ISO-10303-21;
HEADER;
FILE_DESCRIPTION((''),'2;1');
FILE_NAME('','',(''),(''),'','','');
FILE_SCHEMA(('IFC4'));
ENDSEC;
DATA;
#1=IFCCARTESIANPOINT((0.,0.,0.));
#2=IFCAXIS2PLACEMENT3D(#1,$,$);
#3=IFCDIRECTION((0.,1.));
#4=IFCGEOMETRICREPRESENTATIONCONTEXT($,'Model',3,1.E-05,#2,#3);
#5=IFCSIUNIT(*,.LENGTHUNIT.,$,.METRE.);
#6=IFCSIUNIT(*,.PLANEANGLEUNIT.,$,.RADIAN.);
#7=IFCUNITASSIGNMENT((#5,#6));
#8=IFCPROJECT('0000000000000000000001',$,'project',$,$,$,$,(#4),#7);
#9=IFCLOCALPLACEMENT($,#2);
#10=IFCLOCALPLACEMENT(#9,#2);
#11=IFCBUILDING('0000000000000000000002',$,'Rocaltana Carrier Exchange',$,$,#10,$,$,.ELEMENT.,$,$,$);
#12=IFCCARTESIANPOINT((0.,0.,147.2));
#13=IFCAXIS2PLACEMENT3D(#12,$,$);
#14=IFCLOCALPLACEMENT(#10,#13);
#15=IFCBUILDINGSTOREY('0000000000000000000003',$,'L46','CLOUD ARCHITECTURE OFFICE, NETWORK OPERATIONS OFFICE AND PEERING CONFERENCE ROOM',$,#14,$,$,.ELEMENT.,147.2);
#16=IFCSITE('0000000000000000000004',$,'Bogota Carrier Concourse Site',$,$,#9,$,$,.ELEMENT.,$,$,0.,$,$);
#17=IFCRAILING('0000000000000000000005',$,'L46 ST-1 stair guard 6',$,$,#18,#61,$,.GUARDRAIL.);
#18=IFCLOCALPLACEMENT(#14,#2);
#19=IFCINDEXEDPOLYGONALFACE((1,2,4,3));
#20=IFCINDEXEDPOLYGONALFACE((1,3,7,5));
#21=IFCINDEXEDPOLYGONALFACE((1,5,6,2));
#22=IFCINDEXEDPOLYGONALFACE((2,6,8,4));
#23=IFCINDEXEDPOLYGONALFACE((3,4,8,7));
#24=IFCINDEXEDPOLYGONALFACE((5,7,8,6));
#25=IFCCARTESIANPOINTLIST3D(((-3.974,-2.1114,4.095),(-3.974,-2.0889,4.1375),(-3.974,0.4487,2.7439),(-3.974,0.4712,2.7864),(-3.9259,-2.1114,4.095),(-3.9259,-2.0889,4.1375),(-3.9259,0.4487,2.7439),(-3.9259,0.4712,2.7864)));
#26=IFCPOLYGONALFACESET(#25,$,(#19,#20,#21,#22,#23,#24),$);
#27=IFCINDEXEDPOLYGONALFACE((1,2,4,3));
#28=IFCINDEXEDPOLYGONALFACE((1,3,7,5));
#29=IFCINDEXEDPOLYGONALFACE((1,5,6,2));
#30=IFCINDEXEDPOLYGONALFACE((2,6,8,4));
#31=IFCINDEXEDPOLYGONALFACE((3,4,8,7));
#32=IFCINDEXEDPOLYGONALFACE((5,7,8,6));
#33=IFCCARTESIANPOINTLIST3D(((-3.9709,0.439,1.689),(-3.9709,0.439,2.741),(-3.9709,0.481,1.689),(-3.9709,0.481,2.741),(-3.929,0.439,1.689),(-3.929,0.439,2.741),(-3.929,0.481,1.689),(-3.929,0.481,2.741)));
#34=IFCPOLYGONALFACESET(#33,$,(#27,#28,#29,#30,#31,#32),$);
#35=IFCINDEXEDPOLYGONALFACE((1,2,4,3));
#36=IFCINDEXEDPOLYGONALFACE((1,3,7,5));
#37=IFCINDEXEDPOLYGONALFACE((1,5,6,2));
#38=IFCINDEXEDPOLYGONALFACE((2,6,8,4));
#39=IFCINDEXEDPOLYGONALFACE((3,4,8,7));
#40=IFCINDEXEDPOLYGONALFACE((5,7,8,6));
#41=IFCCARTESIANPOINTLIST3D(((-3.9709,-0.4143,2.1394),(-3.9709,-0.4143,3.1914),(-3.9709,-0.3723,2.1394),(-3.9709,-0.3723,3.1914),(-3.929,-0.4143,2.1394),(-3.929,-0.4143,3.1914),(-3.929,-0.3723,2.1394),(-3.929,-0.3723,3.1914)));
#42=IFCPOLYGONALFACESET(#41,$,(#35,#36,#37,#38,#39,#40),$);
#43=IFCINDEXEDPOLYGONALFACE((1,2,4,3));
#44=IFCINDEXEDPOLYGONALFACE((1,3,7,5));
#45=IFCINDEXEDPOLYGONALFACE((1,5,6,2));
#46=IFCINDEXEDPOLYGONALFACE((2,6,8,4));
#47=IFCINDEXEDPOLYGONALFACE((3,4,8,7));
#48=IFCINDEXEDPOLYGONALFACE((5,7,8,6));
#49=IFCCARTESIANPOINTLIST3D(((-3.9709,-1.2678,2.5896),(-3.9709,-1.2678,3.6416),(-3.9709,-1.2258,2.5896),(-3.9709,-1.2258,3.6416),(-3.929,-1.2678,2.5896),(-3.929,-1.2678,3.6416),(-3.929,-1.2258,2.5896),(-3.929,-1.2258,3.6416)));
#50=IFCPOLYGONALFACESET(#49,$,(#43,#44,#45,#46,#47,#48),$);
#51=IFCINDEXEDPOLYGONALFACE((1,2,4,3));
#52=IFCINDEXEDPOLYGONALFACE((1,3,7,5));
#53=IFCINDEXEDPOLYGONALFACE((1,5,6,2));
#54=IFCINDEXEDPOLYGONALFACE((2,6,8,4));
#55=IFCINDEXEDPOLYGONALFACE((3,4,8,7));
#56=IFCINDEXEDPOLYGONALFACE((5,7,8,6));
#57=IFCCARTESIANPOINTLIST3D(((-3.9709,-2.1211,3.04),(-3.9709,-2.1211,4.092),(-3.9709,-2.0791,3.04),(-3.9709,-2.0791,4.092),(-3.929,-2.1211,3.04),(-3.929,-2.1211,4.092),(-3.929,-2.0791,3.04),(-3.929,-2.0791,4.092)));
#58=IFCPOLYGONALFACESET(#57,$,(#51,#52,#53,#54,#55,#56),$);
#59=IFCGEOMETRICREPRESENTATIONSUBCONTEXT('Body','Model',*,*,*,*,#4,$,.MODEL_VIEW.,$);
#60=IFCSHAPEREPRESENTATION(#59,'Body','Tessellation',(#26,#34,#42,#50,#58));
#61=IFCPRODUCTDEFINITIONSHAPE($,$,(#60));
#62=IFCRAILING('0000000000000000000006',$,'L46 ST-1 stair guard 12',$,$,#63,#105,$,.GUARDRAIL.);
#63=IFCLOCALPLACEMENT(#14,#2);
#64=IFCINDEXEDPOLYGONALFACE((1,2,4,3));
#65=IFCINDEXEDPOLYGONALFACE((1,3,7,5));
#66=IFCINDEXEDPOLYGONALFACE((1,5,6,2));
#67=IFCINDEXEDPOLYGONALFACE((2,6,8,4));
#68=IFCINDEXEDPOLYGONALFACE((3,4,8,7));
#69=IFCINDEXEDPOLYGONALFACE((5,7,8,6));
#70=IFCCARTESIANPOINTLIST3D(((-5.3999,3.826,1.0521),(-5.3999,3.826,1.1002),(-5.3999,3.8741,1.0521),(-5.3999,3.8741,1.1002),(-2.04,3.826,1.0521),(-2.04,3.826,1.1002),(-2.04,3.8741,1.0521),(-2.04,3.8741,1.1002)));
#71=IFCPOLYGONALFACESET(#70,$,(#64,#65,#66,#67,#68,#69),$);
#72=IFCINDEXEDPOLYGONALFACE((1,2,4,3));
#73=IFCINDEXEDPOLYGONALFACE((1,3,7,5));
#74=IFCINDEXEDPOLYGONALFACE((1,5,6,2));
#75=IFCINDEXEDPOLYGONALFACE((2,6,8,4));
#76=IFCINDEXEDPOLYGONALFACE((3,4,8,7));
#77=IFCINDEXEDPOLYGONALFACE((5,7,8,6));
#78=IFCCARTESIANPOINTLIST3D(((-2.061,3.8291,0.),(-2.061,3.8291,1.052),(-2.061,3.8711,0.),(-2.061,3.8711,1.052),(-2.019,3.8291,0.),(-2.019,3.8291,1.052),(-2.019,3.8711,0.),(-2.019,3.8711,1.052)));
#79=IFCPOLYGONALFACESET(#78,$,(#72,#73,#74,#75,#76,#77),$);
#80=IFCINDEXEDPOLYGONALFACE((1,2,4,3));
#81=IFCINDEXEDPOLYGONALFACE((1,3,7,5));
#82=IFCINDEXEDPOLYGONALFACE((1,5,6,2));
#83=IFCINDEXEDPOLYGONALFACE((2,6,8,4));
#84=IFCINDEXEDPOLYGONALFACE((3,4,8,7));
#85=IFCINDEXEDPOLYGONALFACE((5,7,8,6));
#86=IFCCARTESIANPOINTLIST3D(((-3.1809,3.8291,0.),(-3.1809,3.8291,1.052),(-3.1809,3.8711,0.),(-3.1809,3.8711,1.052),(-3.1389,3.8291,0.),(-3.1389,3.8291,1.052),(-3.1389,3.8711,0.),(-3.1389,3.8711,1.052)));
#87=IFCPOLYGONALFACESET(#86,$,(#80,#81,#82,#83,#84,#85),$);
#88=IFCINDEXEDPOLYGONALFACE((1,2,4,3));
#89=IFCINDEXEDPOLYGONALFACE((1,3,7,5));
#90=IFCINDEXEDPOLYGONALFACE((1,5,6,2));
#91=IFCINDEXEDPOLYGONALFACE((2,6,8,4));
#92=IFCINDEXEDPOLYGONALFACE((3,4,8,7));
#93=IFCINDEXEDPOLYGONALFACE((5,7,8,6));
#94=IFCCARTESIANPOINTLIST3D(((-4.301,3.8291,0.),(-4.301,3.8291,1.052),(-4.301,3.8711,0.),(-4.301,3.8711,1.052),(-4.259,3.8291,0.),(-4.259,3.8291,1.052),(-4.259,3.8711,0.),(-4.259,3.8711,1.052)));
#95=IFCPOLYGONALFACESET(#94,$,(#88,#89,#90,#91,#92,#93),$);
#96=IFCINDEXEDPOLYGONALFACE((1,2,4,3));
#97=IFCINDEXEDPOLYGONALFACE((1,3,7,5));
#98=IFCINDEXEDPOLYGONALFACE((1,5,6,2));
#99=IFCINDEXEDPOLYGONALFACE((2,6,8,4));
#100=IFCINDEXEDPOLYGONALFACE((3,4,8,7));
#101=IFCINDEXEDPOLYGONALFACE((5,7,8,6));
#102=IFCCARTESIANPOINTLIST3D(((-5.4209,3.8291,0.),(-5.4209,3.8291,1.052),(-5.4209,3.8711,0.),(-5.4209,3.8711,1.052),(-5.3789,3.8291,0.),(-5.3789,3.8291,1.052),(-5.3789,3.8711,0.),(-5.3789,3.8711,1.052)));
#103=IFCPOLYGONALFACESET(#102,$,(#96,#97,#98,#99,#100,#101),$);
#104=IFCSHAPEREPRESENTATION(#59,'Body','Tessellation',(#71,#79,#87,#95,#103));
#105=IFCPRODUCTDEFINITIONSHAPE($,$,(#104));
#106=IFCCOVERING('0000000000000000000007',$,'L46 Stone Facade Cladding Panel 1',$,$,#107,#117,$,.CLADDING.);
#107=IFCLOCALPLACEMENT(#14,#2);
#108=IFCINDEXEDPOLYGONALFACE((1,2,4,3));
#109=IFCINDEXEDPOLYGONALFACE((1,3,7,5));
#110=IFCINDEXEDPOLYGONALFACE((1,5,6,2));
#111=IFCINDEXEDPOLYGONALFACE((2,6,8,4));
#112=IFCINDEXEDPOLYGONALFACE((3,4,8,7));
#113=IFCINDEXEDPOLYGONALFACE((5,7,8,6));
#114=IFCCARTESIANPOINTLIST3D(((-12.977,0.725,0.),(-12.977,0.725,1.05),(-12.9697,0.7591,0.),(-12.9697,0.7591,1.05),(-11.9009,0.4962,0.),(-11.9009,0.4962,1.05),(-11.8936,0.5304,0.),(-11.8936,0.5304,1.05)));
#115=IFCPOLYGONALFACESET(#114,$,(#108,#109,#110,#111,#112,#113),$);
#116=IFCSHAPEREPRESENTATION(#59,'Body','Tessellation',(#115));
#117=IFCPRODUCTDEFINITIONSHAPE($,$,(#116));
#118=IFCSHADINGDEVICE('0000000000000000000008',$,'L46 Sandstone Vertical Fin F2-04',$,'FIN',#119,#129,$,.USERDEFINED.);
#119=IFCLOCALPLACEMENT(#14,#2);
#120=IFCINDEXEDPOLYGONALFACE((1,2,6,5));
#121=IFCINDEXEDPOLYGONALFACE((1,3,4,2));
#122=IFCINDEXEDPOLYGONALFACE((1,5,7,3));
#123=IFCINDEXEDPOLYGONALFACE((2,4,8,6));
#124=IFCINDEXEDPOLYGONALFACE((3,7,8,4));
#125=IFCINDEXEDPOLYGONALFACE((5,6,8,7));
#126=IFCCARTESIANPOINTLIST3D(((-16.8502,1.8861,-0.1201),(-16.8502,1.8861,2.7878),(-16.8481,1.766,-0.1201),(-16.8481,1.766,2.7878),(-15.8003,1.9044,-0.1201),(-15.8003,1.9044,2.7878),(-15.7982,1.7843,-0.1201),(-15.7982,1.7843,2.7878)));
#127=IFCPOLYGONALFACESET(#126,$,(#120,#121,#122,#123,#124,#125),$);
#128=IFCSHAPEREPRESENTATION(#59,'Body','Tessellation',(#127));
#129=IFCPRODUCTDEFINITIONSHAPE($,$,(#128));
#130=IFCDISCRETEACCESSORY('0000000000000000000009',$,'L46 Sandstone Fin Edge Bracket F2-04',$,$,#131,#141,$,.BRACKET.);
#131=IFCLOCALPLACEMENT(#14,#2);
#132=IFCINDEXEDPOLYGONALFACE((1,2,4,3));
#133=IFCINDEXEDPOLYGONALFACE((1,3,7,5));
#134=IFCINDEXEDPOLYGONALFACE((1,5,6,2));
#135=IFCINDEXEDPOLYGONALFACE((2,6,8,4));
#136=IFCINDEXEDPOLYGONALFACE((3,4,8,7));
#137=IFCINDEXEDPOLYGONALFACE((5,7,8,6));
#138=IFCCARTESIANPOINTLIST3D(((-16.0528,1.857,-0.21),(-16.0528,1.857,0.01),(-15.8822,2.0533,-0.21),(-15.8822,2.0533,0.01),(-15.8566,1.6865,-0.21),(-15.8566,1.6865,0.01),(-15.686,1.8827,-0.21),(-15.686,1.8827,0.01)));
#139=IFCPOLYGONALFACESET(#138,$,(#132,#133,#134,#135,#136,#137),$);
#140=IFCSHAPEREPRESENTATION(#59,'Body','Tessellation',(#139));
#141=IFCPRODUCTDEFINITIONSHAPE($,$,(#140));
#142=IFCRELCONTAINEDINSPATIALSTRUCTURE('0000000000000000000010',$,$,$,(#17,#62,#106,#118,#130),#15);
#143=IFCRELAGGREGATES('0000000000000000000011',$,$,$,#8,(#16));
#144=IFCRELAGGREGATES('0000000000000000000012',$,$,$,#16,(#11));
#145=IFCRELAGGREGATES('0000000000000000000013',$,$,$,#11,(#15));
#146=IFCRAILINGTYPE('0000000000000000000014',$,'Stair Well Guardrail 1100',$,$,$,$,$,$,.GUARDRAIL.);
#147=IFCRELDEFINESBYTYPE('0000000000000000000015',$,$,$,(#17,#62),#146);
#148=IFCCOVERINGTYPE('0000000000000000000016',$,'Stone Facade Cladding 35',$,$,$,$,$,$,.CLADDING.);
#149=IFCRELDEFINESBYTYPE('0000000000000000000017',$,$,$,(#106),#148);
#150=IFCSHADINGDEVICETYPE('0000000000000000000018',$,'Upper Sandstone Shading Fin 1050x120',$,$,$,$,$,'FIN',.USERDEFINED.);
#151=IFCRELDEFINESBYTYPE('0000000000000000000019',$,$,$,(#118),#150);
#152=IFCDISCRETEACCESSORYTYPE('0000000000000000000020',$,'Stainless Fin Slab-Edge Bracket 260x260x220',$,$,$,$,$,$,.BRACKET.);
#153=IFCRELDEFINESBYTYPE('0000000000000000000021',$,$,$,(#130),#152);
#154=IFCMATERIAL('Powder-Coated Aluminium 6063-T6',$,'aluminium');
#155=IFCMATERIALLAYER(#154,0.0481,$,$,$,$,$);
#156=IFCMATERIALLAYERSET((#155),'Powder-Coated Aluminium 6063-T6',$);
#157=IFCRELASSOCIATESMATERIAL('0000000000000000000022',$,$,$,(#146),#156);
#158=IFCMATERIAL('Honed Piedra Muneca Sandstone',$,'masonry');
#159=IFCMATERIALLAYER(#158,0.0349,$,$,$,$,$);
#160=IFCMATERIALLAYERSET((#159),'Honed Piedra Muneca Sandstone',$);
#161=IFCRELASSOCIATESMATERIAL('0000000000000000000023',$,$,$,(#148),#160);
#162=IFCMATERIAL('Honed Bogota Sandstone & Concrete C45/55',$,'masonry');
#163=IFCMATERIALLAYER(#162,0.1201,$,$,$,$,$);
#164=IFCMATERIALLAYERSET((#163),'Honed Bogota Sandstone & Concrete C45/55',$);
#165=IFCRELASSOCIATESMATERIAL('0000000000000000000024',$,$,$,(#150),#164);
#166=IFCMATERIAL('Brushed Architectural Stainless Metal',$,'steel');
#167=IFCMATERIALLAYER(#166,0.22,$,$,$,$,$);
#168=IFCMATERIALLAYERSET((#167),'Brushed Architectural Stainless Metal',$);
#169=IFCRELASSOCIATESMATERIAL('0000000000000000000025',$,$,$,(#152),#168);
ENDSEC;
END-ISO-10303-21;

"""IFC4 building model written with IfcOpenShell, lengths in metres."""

from ifc_helpers import new_model, si_unit, direction, frame, origin, origin_2d, place, context, subcontext, project, spatial, rectangle, extrude, material, layer, layer_set, type_object, element, save


model = new_model("IFC4")

# Units and contexts
model_context = context("Model", 3, precision=1e-05, world=origin(), true_north=direction((0.0, 1.0)))
body_context = subcontext(model_context, "Body", "Model", "MODEL_VIEW")
ifc_project = project(units=[si_unit("LENGTHUNIT", "METRE"), si_unit("PLANEANGLEUNIT", "RADIAN")], contexts=[model_context])

# Site, building, storey
site_placement = place(None, origin())
site = spatial("IfcSite", under=ifc_project, at=site_placement, Name="Bogota Carrier Concourse Site", CompositionType="ELEMENT", RefElevation=0.0)
building_placement = place(site_placement, origin())
building = spatial("IfcBuilding", under=site, at=building_placement, Name="Rocaltana Carrier Exchange", CompositionType="ELEMENT")
storey_placement = place(building_placement, frame((0.0, 0.0, 147.2)))
storey = spatial("IfcBuildingStorey", under=building, at=storey_placement, Name="L46", Description="CLOUD ARCHITECTURE OFFICE, NETWORK OPERATIONS OFFICE AND PEERING CONFERENCE ROOM", CompositionType="ELEMENT", Elevation=147.2)

# Railings
ifc_material_1 = material(Name="Powder-Coated Aluminium 6063-T6", Category="aluminium")
ifc_layer_1 = layer(ifc_material_1, 0.0481)
ifc_layer_set_1 = layer_set([ifc_layer_1], Name="Powder-Coated Aluminium 6063-T6")
railing_type_1 = type_object("IfcRailingType", Name="Stair Well Guardrail 1100", PredefinedType="GUARDRAIL", material=ifc_layer_set_1)
railing_1_placement = place(storey_placement, frame((-3.95, 0.46, 1.689)))
element("IfcRailing", 1, at=railing_1_placement, inside=storey, type_object=railing_type_1, Name="L46 ST-1 stair guard 6", PredefinedType="GUARDRAIL", context=body_context, shape_type="SweptSolid", body=[
    extrude(rectangle(XDim=0.0481, YDim=0.0481, at=origin_2d()), frame((0.0, 0.0, 1.0762), z_axis=(0.0, -0.884394, 0.46674), x_axis=(1.0, 0.0, 0.0)), (0.0, 0.0, 1.0), 2.8948),
    extrude(rectangle(XDim=0.042, YDim=0.042, at=origin_2d()), origin(), (0.0, 0.0, 1.0), 1.052),
    extrude(rectangle(XDim=0.042, YDim=0.042, at=origin_2d()), frame((0.0, -0.8533, 0.4504)), (0.0, 0.0, 1.0), 1.052),
    extrude(rectangle(XDim=0.042, YDim=0.042, at=origin_2d()), frame((0.0, -1.7068, 0.9006)), (0.0, 0.0, 1.0), 1.052),
    extrude(rectangle(XDim=0.042, YDim=0.042, at=origin_2d()), frame((0.0, -2.5601, 1.3511)), (0.0, 0.0, 1.0), 1.052),
])
railing_2_placement = place(storey_placement, frame((-2.04, 3.8501, 0.0)))
element("IfcRailing", 2, at=railing_2_placement, inside=storey, type_object=railing_type_1, Name="L46 ST-1 stair guard 12", PredefinedType="GUARDRAIL", context=body_context, shape_type="SweptSolid", body=[
    extrude(rectangle(XDim=0.0481, YDim=0.0481, at=origin_2d()), frame((0.0, 0.0, 1.0762), z_axis=(-1.0, 0.0, 0.0), x_axis=(0.0, -1.0, 0.0)), (0.0, 0.0, 1.0), 3.3599),
    extrude(rectangle(XDim=0.042, YDim=0.042, at=origin_2d()), origin(), (0.0, 0.0, 1.0), 1.052),
    extrude(rectangle(XDim=0.042, YDim=0.042, at=origin_2d()), frame((-1.1199, 0.0, 0.0)), (0.0, 0.0, 1.0), 1.052),
    extrude(rectangle(XDim=0.042, YDim=0.042, at=origin_2d()), frame((-2.24, 0.0, 0.0)), (0.0, 0.0, 1.0), 1.052),
    extrude(rectangle(XDim=0.042, YDim=0.042, at=origin_2d()), frame((-3.3599, 0.0, 0.0)), (0.0, 0.0, 1.0), 1.052),
])

# Covering
ifc_material_2 = material(Name="Honed Piedra Muneca Sandstone", Category="masonry")
ifc_layer_2 = layer(ifc_material_2, 0.0349)
ifc_layer_set_2 = layer_set([ifc_layer_2], Name="Honed Piedra Muneca Sandstone")
covering_type_1 = type_object("IfcCoveringType", Name="Stone Facade Cladding 35", PredefinedType="CLADDING", material=ifc_layer_set_2)
covering_1_placement = place(storey_placement, frame((-12.4353, 0.6277, 0.0), z_axis=(0.0, 0.0, 1.0), x_axis=(-0.978148, 0.207912, 0.0)))
element("IfcCovering", 3, at=covering_1_placement, inside=storey, type_object=covering_type_1, Name="L46 Stone Facade Cladding Panel 1", PredefinedType="CLADDING", context=body_context, shape_type="SweptSolid", body=[
    extrude(rectangle(XDim=1.1001, YDim=0.0349, at=origin_2d()), origin(), (0.0, 0.0, 1.0), 1.05),
])

# Shading device
ifc_material_3 = material(Name="Honed Bogota Sandstone & Concrete C45/55", Category="masonry")
ifc_layer_3 = layer(ifc_material_3, 0.1201)
ifc_layer_set_3 = layer_set([ifc_layer_3], Name="Honed Bogota Sandstone & Concrete C45/55")
shading_device_type = type_object("IfcShadingDeviceType", Name="Upper Sandstone Shading Fin 1050x120", ElementType="FIN", PredefinedType="USERDEFINED", material=ifc_layer_set_3)
shading_device_placement = place(storey_placement, frame((-16.3242, 1.8352, -0.1201), z_axis=(0.0, 0.0, 1.0), x_axis=(-0.999848, -0.017452, 0.0)))
element("IfcShadingDevice", 4, at=shading_device_placement, inside=storey, type_object=shading_device_type, Name="L46 Sandstone Vertical Fin F2-04", ObjectType="FIN", PredefinedType="USERDEFINED", context=body_context, shape_type="SweptSolid", body=[
    extrude(rectangle(XDim=1.05, YDim=0.1201, at=origin_2d()), origin(), (0.0, 0.0, 1.0), 2.908),
])

# Discrete accessory
ifc_material_4 = material(Name="Brushed Architectural Stainless Metal", Category="steel")
ifc_layer_4 = layer(ifc_material_4, 0.22)
ifc_layer_set_4 = layer_set([ifc_layer_4], Name="Brushed Architectural Stainless Metal")
discrete_accessory_type = type_object("IfcDiscreteAccessoryType", Name="Stainless Fin Slab-Edge Bracket 260x260x220", PredefinedType="BRACKET", material=ifc_layer_set_4)
discrete_accessory_placement = place(storey_placement, frame((-15.8694, 1.8699, -0.21), z_axis=(0.0, 0.0, 1.0), x_axis=(-0.656059, -0.75471, 0.0)))
element("IfcDiscreteAccessory", 5, at=discrete_accessory_placement, inside=storey, type_object=discrete_accessory_type, Name="L46 Sandstone Fin Edge Bracket F2-04", PredefinedType="BRACKET", context=body_context, shape_type="SweptSolid", body=[
    extrude(rectangle(XDim=0.26, YDim=0.26, at=origin_2d()), origin(), (0.0, 0.0, 1.0), 0.22),
])

save(model, "model.ifc")
